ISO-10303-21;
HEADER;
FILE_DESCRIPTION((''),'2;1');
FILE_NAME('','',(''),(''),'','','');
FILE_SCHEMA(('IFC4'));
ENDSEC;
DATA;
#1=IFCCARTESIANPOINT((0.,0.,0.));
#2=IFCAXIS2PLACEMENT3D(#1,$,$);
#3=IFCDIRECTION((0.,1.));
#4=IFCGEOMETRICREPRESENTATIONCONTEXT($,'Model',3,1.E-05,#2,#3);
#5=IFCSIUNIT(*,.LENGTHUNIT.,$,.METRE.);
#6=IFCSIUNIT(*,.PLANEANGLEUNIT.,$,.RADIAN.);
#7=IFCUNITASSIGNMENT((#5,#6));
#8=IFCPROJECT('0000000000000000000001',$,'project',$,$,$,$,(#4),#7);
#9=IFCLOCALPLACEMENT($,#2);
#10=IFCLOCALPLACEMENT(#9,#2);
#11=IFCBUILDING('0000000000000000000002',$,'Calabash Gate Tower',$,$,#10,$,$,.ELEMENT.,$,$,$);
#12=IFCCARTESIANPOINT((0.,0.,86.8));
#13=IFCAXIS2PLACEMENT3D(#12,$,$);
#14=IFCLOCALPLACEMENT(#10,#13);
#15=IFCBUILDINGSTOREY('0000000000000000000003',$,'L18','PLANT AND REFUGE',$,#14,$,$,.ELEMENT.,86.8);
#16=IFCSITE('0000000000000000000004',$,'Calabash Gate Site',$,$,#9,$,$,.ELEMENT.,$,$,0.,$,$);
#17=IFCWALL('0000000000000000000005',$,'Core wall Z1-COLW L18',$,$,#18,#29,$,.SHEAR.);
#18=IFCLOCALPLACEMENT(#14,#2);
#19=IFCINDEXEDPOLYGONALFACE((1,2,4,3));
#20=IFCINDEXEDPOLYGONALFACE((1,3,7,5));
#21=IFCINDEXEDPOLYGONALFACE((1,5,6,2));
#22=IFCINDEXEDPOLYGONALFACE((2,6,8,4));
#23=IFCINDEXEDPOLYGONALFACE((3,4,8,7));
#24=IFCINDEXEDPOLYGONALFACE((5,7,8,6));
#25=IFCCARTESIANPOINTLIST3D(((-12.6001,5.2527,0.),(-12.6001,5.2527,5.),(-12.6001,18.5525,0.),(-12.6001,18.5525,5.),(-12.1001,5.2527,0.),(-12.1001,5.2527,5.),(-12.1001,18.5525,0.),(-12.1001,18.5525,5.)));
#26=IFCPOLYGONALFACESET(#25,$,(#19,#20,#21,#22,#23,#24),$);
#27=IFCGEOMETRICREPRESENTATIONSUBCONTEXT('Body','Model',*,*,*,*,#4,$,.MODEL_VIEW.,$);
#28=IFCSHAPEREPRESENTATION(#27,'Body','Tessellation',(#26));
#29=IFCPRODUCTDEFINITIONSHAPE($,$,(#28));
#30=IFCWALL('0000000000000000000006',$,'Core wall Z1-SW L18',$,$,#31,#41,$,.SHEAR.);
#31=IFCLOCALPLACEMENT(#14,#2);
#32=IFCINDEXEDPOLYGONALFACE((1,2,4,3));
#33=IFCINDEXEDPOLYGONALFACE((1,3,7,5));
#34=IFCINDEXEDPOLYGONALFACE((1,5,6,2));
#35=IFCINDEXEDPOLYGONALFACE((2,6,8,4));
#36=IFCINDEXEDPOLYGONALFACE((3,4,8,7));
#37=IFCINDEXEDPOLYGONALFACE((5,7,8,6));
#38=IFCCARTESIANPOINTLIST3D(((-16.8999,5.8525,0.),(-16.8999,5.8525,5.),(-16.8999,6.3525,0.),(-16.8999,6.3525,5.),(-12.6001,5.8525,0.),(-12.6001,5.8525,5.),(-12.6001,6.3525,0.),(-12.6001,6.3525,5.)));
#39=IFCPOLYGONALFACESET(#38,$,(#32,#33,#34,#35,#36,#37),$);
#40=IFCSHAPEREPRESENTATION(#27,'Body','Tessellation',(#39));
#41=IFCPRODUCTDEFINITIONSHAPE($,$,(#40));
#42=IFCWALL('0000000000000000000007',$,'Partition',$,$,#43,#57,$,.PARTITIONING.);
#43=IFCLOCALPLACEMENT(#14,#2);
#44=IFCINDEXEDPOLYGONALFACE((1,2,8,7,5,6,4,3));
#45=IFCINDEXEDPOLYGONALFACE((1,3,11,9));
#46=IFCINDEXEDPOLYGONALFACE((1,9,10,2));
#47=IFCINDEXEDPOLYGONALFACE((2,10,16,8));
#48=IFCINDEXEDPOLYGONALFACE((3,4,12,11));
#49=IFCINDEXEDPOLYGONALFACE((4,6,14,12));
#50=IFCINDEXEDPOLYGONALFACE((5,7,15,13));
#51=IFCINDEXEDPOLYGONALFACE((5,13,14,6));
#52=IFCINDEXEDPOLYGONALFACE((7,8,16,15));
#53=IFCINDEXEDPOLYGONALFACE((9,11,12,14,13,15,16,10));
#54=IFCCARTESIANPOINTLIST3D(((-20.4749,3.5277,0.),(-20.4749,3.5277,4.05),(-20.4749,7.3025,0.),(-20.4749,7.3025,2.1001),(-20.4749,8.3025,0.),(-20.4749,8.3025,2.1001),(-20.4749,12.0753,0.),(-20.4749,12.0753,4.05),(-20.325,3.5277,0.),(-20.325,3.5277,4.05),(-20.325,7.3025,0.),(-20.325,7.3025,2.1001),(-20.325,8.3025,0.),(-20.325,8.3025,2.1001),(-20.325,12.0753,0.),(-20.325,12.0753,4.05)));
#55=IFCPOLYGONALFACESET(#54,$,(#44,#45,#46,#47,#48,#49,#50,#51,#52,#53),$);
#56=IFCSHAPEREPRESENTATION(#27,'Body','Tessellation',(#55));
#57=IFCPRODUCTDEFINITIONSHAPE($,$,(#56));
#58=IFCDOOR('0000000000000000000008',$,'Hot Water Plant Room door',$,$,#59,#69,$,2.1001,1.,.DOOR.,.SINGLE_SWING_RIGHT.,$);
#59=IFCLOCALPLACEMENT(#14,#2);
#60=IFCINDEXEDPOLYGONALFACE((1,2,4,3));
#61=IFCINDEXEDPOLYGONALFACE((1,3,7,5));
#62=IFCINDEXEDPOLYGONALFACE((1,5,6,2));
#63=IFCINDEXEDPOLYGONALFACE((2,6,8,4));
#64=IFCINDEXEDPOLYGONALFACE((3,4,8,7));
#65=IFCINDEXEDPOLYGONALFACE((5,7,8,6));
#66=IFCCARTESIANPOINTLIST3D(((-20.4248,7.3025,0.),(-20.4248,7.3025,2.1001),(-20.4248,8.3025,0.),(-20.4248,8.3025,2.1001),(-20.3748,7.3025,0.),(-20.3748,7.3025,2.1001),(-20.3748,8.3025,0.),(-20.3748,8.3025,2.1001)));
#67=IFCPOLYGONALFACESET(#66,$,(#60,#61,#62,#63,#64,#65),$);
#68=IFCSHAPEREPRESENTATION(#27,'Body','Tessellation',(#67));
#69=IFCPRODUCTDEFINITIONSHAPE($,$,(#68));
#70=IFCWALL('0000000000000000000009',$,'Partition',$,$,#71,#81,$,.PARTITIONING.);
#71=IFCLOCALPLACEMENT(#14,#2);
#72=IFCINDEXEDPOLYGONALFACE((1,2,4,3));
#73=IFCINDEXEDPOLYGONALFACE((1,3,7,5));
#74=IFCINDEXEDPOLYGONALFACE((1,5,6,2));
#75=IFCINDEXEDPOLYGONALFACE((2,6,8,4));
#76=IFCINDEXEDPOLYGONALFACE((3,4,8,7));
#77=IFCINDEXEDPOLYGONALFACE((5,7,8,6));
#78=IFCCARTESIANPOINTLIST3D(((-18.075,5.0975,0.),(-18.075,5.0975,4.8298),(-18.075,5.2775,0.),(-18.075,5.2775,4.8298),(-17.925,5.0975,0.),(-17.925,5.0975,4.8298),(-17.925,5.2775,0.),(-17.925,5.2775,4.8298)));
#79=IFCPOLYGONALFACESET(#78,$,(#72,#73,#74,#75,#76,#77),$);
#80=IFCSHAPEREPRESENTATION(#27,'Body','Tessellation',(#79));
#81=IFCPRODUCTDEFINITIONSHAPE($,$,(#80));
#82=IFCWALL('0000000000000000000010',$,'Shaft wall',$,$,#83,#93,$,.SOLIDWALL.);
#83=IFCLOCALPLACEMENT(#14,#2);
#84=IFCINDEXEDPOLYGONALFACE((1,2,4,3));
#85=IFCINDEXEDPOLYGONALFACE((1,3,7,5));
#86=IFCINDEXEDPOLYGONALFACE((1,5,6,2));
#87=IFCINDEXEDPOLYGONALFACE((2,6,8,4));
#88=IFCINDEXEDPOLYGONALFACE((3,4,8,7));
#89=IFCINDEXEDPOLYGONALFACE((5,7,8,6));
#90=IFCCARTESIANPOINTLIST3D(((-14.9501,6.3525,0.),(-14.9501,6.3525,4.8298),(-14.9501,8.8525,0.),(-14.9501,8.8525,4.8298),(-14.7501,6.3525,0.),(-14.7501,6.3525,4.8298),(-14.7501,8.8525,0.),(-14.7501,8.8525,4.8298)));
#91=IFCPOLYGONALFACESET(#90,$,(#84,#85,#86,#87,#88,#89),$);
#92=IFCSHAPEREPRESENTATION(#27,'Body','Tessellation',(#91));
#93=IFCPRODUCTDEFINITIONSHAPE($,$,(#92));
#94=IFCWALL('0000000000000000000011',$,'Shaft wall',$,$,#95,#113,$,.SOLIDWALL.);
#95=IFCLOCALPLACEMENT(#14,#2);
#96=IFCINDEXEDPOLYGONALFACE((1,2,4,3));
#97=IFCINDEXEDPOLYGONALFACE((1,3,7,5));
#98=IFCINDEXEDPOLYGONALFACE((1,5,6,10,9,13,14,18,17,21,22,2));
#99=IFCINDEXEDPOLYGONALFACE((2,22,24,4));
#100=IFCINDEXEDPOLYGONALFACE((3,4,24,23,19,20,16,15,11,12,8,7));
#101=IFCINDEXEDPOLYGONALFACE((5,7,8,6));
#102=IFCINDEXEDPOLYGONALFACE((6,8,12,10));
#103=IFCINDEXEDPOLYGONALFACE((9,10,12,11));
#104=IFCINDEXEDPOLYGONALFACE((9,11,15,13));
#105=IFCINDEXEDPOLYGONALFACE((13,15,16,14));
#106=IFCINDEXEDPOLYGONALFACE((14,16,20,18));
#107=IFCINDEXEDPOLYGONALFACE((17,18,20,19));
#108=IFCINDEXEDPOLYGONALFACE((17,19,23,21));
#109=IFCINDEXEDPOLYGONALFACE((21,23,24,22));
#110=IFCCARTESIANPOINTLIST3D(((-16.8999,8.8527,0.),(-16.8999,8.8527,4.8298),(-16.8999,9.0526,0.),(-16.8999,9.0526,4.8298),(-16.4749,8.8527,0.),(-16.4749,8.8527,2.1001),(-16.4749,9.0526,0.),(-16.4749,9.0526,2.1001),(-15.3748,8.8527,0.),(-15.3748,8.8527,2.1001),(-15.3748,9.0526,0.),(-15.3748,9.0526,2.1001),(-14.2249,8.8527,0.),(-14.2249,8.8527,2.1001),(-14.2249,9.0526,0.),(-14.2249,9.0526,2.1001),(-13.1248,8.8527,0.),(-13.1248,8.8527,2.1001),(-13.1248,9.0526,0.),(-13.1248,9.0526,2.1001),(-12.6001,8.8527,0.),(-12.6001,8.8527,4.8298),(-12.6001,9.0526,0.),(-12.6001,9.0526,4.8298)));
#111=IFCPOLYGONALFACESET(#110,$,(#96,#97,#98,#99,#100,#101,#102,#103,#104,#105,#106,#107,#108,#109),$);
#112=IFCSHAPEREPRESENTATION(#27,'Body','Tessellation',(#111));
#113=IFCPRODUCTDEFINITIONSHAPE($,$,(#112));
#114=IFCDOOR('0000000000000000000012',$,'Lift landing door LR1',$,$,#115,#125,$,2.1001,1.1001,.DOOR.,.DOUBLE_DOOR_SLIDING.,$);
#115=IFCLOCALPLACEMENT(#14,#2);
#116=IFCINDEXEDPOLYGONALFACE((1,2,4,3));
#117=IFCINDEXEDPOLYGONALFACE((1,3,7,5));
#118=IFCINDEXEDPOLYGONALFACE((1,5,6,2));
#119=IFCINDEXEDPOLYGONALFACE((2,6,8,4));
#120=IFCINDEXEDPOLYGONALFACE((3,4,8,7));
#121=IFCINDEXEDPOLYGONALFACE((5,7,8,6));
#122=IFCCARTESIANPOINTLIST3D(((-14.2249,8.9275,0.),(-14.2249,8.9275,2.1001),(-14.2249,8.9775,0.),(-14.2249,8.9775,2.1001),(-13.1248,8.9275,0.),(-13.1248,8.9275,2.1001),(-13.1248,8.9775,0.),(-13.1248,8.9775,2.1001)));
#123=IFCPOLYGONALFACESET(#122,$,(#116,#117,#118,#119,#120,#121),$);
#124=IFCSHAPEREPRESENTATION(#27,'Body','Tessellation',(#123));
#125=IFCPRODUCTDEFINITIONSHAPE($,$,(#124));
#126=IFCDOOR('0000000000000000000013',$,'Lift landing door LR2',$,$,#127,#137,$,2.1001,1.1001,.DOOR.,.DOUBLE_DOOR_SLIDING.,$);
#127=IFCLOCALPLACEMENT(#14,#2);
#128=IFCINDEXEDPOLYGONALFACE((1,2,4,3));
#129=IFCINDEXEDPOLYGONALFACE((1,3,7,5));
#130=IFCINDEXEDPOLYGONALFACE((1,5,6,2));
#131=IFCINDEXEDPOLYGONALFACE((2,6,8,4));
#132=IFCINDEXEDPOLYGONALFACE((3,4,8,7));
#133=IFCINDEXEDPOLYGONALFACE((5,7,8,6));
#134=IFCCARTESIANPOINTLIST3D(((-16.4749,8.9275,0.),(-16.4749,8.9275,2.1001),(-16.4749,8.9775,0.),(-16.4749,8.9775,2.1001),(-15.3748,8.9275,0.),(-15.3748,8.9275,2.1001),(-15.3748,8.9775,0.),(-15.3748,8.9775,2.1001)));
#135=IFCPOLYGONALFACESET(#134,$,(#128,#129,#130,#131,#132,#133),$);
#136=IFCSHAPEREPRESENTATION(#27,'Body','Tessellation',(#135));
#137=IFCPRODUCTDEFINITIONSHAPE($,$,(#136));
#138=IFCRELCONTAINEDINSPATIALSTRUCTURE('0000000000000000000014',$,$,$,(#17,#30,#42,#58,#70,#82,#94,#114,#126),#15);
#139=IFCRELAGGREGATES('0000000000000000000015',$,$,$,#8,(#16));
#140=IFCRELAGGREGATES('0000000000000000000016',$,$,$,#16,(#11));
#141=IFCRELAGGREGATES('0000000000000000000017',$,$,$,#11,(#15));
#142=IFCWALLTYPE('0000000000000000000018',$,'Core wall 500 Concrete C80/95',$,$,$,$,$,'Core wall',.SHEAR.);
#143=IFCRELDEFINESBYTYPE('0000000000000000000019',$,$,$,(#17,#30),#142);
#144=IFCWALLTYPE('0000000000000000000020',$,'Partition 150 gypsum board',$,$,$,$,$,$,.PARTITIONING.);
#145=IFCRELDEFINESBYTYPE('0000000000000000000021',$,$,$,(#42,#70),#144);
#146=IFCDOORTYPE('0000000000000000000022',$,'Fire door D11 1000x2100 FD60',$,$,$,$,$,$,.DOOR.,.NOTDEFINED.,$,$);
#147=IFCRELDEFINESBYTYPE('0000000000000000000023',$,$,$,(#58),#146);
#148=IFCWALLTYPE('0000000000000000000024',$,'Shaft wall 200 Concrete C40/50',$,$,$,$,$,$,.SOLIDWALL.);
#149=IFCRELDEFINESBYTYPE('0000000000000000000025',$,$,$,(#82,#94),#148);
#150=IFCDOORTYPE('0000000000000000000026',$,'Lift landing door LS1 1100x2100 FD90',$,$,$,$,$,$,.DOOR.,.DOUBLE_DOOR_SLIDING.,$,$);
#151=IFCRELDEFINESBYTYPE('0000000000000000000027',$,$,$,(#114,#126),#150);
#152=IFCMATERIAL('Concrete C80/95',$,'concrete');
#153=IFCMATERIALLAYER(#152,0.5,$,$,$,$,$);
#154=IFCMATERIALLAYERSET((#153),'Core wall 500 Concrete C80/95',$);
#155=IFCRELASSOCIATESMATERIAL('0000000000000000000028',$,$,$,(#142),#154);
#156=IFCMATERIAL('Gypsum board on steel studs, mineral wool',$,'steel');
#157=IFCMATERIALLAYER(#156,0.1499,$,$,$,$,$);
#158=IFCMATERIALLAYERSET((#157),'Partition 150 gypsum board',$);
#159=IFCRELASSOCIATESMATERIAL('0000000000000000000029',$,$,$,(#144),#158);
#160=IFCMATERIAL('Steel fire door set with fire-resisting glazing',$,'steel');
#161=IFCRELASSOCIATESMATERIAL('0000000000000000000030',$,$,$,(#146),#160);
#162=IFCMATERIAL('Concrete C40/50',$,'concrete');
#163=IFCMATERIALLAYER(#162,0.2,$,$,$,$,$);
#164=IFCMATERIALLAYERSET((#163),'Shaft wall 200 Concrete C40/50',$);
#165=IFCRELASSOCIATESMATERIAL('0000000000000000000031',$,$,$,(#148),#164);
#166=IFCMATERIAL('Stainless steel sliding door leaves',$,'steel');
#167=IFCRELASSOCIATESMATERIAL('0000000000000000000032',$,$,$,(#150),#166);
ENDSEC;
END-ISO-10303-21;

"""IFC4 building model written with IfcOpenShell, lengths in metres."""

from ifc_helpers import new_model, si_unit, direction, frame, frame_2d, origin, place, context, subcontext, project, spatial, rectangle, extrude, material, layer, layer_set, type_object, element, fill, save


model = new_model("IFC4")

# Units and contexts
model_context = context("Model", 3, precision=1e-05, world=origin(), true_north=direction((0.0, 1.0)))
body_context = subcontext(model_context, "Body", "Model", "MODEL_VIEW")
ifc_project = project(units=[si_unit("LENGTHUNIT", "METRE"), si_unit("PLANEANGLEUNIT", "RADIAN")], contexts=[model_context])

# Site, building, storey
site_placement = place(None, origin())
site = spatial("IfcSite", under=ifc_project, at=site_placement, Name="Calabash Gate Site", CompositionType="ELEMENT", RefElevation=0.0)
building_placement = place(site_placement, origin())
building = spatial("IfcBuilding", under=site, at=building_placement, Name="Calabash Gate Tower", CompositionType="ELEMENT")
storey_placement = place(building_placement, frame((0.0, 0.0, 86.8)))
storey = spatial("IfcBuildingStorey", under=building, at=storey_placement, Name="L18", Description="PLANT AND REFUGE", CompositionType="ELEMENT", Elevation=86.8)

# Walls
ifc_material_1 = material(Name="Concrete C80/95", Category="concrete")
ifc_layer_1 = layer(ifc_material_1, 0.5)
ifc_layer_set_1 = layer_set([ifc_layer_1], Name="Core wall 500 Concrete C80/95")
wall_type_1 = type_object("IfcWallType", Name="Core wall 500 Concrete C80/95", ElementType="Core wall", PredefinedType="SHEAR", material=ifc_layer_set_1)
wall_1_placement = place(storey_placement, frame((-12.3501, 5.2527, 0.0), z_axis=(0.0, 0.0, 1.0), x_axis=(0.0, 1.0, 0.0)))
element("IfcWall", 1, at=wall_1_placement, inside=storey, type_object=wall_type_1, Name="Core wall Z1-COLW L18", PredefinedType="SHEAR", context=body_context, shape_type="SweptSolid", body=[
    extrude(rectangle(XDim=13.2998, YDim=0.5, at=frame_2d((6.6499, 0.0))), origin(), (0.0, 0.0, 1.0), 5.0),
])
wall_2_placement = place(storey_placement, frame((-12.6001, 6.1025, 0.0), z_axis=(0.0, 0.0, 1.0), x_axis=(-1.0, 0.0, 0.0)))
element("IfcWall", 2, at=wall_2_placement, inside=storey, type_object=wall_type_1, Name="Core wall Z1-SW L18", PredefinedType="SHEAR", context=body_context, shape_type="SweptSolid", body=[
    extrude(rectangle(XDim=4.2998, YDim=0.5, at=frame_2d((2.1499, 0.0))), origin(), (0.0, 0.0, 1.0), 5.0),
])

# Wall, opening, door
ifc_material_2 = material(Name="Gypsum board on steel studs, mineral wool", Category="steel")
ifc_layer_2 = layer(ifc_material_2, 0.1499)
ifc_layer_set_2 = layer_set([ifc_layer_2], Name="Partition 150 gypsum board")
wall_type_2 = type_object("IfcWallType", Name="Partition 150 gypsum board", PredefinedType="PARTITIONING", material=ifc_layer_set_2)
wall_3_placement = place(storey_placement, frame((-20.3999, 3.5276, 0.0), z_axis=(0.0, 0.0, 1.0), x_axis=(0.0, 1.0, 0.0)))
wall_3 = element("IfcWall", 3, at=wall_3_placement, inside=storey, type_object=wall_type_2, Name="Partition", PredefinedType="PARTITIONING", context=body_context, shape_type="SweptSolid", body=[
    extrude(rectangle(XDim=8.5476, YDim=0.1499, at=frame_2d((4.2739, 0.0))), origin(), (0.0, 0.0, 1.0), 4.05),
])
opening_1_placement = place(wall_3_placement, frame((3.7749, 0.0, 0.0)))
opening_1 = element("IfcOpeningElement", 4, at=opening_1_placement, cuts=wall_3, PredefinedType="OPENING", context=body_context, shape_type="SweptSolid", body=[
    extrude(rectangle(XDim=1.0, YDim=2.1001, at=frame_2d((0.5, 1.05))), frame((0.0, 0.085, 0.0), z_axis=(0.0, -1.0, 0.0), x_axis=(1.0, 0.0, 0.0)), (0.0, 0.0, 1.0), 0.1699),
])
ifc_material_3 = material(Name="Steel fire door set with fire-resisting glazing", Category="steel")
door_type_1 = type_object("IfcDoorType", Name="Fire door D11 1000x2100 FD60", OperationType="NOTDEFINED", PredefinedType="DOOR", material=ifc_material_3)
door_1_placement = place(opening_1_placement, origin())
door_1 = element("IfcDoor", 5, at=door_1_placement, inside=storey, type_object=door_type_1, Name="Hot Water Plant Room door", OperationType="SINGLE_SWING_RIGHT", OverallHeight=2.1001, OverallWidth=1.0, PredefinedType="DOOR", context=body_context, shape_type="SweptSolid", body=[
    extrude(rectangle(XDim=1.0, YDim=2.1001, at=frame_2d((0.5, 1.05))), frame((0.0, 0.0249, 0.0), z_axis=(0.0, -1.0, 0.0), x_axis=(1.0, 0.0, 0.0)), (0.0, 0.0, 1.0), 0.05),
])
fill(opening_1, door_1)

# Walls
wall_4_placement = place(storey_placement, frame((-18.0, 5.0977, 0.0), z_axis=(0.0, 0.0, 1.0), x_axis=(0.0, 1.0, 0.0)))
element("IfcWall", 6, at=wall_4_placement, inside=storey, type_object=wall_type_2, Name="Partition", PredefinedType="PARTITIONING", context=body_context, shape_type="SweptSolid", body=[
    extrude(rectangle(XDim=0.1799, YDim=0.1499, at=frame_2d((0.0898, 0.0))), origin(), (0.0, 0.0, 1.0), 4.8298),
])
ifc_material_4 = material(Name="Concrete C40/50", Category="concrete")
ifc_layer_3 = layer(ifc_material_4, 0.2)
ifc_layer_set_3 = layer_set([ifc_layer_3], Name="Shaft wall 200 Concrete C40/50")
wall_type_3 = type_object("IfcWallType", Name="Shaft wall 200 Concrete C40/50", PredefinedType="SOLIDWALL", material=ifc_layer_set_3)
wall_5_placement = place(storey_placement, frame((-14.8501, 6.3525, 0.0), z_axis=(0.0, 0.0, 1.0), x_axis=(0.0, 1.0, 0.0)))
element("IfcWall", 7, at=wall_5_placement, inside=storey, type_object=wall_type_3, Name="Shaft wall", PredefinedType="SOLIDWALL", context=body_context, shape_type="SweptSolid", body=[
    extrude(rectangle(XDim=2.5, YDim=0.2, at=frame_2d((1.25, 0.0))), origin(), (0.0, 0.0, 1.0), 4.8298),
])

# Wall, openings, doors
wall_6_placement = place(storey_placement, frame((-16.8999, 8.9526, 0.0), z_axis=(0.0, 0.0, 1.0), x_axis=(1.0, 0.0, 0.0)))
wall_6 = element("IfcWall", 8, at=wall_6_placement, inside=storey, type_object=wall_type_3, Name="Shaft wall", PredefinedType="SOLIDWALL", context=body_context, shape_type="SweptSolid", body=[
    extrude(rectangle(XDim=4.2998, YDim=0.2, at=frame_2d((2.1499, 0.0))), origin(), (0.0, 0.0, 1.0), 4.8298),
])
opening_2_placement = place(wall_6_placement, frame((2.675, 0.0, 0.0)))
opening_2 = element("IfcOpeningElement", 9, at=opening_2_placement, cuts=wall_6, PredefinedType="OPENING", context=body_context, shape_type="SweptSolid", body=[
    extrude(rectangle(XDim=1.1001, YDim=2.1001, at=frame_2d((0.55, 1.05))), frame((0.0, 0.1099, 0.0), z_axis=(0.0, -1.0, 0.0), x_axis=(1.0, 0.0, 0.0)), (0.0, 0.0, 1.0), 0.22),
])
opening_3_placement = place(wall_6_placement, frame((0.425, 0.0, 0.0)))
opening_3 = element("IfcOpeningElement", 10, at=opening_3_placement, cuts=wall_6, PredefinedType="OPENING", context=body_context, shape_type="SweptSolid", body=[
    extrude(rectangle(XDim=1.1001, YDim=2.1001, at=frame_2d((0.55, 1.05))), frame((0.0, 0.1099, 0.0), z_axis=(0.0, -1.0, 0.0), x_axis=(1.0, 0.0, 0.0)), (0.0, 0.0, 1.0), 0.22),
])
ifc_material_5 = material(Name="Stainless steel sliding door leaves", Category="steel")
door_type_2 = type_object("IfcDoorType", Name="Lift landing door LS1 1100x2100 FD90", OperationType="DOUBLE_DOOR_SLIDING", PredefinedType="DOOR", material=ifc_material_5)
door_2_placement = place(opening_2_placement, origin())
door_2 = element("IfcDoor", 11, at=door_2_placement, inside=storey, type_object=door_type_2, Name="Lift landing door LR1", OperationType="DOUBLE_DOOR_SLIDING", OverallHeight=2.1001, OverallWidth=1.1001, PredefinedType="DOOR", context=body_context, shape_type="SweptSolid", body=[
    extrude(rectangle(XDim=1.1001, YDim=2.1001, at=frame_2d((0.55, 1.05))), frame((0.0, 0.0249, 0.0), z_axis=(0.0, -1.0, 0.0), x_axis=(1.0, 0.0, 0.0)), (0.0, 0.0, 1.0), 0.05),
])
fill(opening_2, door_2)
door_3_placement = place(opening_3_placement, origin())
door_3 = element("IfcDoor", 12, at=door_3_placement, inside=storey, type_object=door_type_2, Name="Lift landing door LR2", OperationType="DOUBLE_DOOR_SLIDING", OverallHeight=2.1001, OverallWidth=1.1001, PredefinedType="DOOR", context=body_context, shape_type="SweptSolid", body=[
    extrude(rectangle(XDim=1.1001, YDim=2.1001, at=frame_2d((0.55, 1.05))), frame((0.0, 0.0249, 0.0), z_axis=(0.0, -1.0, 0.0), x_axis=(1.0, 0.0, 0.0)), (0.0, 0.0, 1.0), 0.05),
])
fill(opening_3, door_3)

save(model, "model.ifc")
